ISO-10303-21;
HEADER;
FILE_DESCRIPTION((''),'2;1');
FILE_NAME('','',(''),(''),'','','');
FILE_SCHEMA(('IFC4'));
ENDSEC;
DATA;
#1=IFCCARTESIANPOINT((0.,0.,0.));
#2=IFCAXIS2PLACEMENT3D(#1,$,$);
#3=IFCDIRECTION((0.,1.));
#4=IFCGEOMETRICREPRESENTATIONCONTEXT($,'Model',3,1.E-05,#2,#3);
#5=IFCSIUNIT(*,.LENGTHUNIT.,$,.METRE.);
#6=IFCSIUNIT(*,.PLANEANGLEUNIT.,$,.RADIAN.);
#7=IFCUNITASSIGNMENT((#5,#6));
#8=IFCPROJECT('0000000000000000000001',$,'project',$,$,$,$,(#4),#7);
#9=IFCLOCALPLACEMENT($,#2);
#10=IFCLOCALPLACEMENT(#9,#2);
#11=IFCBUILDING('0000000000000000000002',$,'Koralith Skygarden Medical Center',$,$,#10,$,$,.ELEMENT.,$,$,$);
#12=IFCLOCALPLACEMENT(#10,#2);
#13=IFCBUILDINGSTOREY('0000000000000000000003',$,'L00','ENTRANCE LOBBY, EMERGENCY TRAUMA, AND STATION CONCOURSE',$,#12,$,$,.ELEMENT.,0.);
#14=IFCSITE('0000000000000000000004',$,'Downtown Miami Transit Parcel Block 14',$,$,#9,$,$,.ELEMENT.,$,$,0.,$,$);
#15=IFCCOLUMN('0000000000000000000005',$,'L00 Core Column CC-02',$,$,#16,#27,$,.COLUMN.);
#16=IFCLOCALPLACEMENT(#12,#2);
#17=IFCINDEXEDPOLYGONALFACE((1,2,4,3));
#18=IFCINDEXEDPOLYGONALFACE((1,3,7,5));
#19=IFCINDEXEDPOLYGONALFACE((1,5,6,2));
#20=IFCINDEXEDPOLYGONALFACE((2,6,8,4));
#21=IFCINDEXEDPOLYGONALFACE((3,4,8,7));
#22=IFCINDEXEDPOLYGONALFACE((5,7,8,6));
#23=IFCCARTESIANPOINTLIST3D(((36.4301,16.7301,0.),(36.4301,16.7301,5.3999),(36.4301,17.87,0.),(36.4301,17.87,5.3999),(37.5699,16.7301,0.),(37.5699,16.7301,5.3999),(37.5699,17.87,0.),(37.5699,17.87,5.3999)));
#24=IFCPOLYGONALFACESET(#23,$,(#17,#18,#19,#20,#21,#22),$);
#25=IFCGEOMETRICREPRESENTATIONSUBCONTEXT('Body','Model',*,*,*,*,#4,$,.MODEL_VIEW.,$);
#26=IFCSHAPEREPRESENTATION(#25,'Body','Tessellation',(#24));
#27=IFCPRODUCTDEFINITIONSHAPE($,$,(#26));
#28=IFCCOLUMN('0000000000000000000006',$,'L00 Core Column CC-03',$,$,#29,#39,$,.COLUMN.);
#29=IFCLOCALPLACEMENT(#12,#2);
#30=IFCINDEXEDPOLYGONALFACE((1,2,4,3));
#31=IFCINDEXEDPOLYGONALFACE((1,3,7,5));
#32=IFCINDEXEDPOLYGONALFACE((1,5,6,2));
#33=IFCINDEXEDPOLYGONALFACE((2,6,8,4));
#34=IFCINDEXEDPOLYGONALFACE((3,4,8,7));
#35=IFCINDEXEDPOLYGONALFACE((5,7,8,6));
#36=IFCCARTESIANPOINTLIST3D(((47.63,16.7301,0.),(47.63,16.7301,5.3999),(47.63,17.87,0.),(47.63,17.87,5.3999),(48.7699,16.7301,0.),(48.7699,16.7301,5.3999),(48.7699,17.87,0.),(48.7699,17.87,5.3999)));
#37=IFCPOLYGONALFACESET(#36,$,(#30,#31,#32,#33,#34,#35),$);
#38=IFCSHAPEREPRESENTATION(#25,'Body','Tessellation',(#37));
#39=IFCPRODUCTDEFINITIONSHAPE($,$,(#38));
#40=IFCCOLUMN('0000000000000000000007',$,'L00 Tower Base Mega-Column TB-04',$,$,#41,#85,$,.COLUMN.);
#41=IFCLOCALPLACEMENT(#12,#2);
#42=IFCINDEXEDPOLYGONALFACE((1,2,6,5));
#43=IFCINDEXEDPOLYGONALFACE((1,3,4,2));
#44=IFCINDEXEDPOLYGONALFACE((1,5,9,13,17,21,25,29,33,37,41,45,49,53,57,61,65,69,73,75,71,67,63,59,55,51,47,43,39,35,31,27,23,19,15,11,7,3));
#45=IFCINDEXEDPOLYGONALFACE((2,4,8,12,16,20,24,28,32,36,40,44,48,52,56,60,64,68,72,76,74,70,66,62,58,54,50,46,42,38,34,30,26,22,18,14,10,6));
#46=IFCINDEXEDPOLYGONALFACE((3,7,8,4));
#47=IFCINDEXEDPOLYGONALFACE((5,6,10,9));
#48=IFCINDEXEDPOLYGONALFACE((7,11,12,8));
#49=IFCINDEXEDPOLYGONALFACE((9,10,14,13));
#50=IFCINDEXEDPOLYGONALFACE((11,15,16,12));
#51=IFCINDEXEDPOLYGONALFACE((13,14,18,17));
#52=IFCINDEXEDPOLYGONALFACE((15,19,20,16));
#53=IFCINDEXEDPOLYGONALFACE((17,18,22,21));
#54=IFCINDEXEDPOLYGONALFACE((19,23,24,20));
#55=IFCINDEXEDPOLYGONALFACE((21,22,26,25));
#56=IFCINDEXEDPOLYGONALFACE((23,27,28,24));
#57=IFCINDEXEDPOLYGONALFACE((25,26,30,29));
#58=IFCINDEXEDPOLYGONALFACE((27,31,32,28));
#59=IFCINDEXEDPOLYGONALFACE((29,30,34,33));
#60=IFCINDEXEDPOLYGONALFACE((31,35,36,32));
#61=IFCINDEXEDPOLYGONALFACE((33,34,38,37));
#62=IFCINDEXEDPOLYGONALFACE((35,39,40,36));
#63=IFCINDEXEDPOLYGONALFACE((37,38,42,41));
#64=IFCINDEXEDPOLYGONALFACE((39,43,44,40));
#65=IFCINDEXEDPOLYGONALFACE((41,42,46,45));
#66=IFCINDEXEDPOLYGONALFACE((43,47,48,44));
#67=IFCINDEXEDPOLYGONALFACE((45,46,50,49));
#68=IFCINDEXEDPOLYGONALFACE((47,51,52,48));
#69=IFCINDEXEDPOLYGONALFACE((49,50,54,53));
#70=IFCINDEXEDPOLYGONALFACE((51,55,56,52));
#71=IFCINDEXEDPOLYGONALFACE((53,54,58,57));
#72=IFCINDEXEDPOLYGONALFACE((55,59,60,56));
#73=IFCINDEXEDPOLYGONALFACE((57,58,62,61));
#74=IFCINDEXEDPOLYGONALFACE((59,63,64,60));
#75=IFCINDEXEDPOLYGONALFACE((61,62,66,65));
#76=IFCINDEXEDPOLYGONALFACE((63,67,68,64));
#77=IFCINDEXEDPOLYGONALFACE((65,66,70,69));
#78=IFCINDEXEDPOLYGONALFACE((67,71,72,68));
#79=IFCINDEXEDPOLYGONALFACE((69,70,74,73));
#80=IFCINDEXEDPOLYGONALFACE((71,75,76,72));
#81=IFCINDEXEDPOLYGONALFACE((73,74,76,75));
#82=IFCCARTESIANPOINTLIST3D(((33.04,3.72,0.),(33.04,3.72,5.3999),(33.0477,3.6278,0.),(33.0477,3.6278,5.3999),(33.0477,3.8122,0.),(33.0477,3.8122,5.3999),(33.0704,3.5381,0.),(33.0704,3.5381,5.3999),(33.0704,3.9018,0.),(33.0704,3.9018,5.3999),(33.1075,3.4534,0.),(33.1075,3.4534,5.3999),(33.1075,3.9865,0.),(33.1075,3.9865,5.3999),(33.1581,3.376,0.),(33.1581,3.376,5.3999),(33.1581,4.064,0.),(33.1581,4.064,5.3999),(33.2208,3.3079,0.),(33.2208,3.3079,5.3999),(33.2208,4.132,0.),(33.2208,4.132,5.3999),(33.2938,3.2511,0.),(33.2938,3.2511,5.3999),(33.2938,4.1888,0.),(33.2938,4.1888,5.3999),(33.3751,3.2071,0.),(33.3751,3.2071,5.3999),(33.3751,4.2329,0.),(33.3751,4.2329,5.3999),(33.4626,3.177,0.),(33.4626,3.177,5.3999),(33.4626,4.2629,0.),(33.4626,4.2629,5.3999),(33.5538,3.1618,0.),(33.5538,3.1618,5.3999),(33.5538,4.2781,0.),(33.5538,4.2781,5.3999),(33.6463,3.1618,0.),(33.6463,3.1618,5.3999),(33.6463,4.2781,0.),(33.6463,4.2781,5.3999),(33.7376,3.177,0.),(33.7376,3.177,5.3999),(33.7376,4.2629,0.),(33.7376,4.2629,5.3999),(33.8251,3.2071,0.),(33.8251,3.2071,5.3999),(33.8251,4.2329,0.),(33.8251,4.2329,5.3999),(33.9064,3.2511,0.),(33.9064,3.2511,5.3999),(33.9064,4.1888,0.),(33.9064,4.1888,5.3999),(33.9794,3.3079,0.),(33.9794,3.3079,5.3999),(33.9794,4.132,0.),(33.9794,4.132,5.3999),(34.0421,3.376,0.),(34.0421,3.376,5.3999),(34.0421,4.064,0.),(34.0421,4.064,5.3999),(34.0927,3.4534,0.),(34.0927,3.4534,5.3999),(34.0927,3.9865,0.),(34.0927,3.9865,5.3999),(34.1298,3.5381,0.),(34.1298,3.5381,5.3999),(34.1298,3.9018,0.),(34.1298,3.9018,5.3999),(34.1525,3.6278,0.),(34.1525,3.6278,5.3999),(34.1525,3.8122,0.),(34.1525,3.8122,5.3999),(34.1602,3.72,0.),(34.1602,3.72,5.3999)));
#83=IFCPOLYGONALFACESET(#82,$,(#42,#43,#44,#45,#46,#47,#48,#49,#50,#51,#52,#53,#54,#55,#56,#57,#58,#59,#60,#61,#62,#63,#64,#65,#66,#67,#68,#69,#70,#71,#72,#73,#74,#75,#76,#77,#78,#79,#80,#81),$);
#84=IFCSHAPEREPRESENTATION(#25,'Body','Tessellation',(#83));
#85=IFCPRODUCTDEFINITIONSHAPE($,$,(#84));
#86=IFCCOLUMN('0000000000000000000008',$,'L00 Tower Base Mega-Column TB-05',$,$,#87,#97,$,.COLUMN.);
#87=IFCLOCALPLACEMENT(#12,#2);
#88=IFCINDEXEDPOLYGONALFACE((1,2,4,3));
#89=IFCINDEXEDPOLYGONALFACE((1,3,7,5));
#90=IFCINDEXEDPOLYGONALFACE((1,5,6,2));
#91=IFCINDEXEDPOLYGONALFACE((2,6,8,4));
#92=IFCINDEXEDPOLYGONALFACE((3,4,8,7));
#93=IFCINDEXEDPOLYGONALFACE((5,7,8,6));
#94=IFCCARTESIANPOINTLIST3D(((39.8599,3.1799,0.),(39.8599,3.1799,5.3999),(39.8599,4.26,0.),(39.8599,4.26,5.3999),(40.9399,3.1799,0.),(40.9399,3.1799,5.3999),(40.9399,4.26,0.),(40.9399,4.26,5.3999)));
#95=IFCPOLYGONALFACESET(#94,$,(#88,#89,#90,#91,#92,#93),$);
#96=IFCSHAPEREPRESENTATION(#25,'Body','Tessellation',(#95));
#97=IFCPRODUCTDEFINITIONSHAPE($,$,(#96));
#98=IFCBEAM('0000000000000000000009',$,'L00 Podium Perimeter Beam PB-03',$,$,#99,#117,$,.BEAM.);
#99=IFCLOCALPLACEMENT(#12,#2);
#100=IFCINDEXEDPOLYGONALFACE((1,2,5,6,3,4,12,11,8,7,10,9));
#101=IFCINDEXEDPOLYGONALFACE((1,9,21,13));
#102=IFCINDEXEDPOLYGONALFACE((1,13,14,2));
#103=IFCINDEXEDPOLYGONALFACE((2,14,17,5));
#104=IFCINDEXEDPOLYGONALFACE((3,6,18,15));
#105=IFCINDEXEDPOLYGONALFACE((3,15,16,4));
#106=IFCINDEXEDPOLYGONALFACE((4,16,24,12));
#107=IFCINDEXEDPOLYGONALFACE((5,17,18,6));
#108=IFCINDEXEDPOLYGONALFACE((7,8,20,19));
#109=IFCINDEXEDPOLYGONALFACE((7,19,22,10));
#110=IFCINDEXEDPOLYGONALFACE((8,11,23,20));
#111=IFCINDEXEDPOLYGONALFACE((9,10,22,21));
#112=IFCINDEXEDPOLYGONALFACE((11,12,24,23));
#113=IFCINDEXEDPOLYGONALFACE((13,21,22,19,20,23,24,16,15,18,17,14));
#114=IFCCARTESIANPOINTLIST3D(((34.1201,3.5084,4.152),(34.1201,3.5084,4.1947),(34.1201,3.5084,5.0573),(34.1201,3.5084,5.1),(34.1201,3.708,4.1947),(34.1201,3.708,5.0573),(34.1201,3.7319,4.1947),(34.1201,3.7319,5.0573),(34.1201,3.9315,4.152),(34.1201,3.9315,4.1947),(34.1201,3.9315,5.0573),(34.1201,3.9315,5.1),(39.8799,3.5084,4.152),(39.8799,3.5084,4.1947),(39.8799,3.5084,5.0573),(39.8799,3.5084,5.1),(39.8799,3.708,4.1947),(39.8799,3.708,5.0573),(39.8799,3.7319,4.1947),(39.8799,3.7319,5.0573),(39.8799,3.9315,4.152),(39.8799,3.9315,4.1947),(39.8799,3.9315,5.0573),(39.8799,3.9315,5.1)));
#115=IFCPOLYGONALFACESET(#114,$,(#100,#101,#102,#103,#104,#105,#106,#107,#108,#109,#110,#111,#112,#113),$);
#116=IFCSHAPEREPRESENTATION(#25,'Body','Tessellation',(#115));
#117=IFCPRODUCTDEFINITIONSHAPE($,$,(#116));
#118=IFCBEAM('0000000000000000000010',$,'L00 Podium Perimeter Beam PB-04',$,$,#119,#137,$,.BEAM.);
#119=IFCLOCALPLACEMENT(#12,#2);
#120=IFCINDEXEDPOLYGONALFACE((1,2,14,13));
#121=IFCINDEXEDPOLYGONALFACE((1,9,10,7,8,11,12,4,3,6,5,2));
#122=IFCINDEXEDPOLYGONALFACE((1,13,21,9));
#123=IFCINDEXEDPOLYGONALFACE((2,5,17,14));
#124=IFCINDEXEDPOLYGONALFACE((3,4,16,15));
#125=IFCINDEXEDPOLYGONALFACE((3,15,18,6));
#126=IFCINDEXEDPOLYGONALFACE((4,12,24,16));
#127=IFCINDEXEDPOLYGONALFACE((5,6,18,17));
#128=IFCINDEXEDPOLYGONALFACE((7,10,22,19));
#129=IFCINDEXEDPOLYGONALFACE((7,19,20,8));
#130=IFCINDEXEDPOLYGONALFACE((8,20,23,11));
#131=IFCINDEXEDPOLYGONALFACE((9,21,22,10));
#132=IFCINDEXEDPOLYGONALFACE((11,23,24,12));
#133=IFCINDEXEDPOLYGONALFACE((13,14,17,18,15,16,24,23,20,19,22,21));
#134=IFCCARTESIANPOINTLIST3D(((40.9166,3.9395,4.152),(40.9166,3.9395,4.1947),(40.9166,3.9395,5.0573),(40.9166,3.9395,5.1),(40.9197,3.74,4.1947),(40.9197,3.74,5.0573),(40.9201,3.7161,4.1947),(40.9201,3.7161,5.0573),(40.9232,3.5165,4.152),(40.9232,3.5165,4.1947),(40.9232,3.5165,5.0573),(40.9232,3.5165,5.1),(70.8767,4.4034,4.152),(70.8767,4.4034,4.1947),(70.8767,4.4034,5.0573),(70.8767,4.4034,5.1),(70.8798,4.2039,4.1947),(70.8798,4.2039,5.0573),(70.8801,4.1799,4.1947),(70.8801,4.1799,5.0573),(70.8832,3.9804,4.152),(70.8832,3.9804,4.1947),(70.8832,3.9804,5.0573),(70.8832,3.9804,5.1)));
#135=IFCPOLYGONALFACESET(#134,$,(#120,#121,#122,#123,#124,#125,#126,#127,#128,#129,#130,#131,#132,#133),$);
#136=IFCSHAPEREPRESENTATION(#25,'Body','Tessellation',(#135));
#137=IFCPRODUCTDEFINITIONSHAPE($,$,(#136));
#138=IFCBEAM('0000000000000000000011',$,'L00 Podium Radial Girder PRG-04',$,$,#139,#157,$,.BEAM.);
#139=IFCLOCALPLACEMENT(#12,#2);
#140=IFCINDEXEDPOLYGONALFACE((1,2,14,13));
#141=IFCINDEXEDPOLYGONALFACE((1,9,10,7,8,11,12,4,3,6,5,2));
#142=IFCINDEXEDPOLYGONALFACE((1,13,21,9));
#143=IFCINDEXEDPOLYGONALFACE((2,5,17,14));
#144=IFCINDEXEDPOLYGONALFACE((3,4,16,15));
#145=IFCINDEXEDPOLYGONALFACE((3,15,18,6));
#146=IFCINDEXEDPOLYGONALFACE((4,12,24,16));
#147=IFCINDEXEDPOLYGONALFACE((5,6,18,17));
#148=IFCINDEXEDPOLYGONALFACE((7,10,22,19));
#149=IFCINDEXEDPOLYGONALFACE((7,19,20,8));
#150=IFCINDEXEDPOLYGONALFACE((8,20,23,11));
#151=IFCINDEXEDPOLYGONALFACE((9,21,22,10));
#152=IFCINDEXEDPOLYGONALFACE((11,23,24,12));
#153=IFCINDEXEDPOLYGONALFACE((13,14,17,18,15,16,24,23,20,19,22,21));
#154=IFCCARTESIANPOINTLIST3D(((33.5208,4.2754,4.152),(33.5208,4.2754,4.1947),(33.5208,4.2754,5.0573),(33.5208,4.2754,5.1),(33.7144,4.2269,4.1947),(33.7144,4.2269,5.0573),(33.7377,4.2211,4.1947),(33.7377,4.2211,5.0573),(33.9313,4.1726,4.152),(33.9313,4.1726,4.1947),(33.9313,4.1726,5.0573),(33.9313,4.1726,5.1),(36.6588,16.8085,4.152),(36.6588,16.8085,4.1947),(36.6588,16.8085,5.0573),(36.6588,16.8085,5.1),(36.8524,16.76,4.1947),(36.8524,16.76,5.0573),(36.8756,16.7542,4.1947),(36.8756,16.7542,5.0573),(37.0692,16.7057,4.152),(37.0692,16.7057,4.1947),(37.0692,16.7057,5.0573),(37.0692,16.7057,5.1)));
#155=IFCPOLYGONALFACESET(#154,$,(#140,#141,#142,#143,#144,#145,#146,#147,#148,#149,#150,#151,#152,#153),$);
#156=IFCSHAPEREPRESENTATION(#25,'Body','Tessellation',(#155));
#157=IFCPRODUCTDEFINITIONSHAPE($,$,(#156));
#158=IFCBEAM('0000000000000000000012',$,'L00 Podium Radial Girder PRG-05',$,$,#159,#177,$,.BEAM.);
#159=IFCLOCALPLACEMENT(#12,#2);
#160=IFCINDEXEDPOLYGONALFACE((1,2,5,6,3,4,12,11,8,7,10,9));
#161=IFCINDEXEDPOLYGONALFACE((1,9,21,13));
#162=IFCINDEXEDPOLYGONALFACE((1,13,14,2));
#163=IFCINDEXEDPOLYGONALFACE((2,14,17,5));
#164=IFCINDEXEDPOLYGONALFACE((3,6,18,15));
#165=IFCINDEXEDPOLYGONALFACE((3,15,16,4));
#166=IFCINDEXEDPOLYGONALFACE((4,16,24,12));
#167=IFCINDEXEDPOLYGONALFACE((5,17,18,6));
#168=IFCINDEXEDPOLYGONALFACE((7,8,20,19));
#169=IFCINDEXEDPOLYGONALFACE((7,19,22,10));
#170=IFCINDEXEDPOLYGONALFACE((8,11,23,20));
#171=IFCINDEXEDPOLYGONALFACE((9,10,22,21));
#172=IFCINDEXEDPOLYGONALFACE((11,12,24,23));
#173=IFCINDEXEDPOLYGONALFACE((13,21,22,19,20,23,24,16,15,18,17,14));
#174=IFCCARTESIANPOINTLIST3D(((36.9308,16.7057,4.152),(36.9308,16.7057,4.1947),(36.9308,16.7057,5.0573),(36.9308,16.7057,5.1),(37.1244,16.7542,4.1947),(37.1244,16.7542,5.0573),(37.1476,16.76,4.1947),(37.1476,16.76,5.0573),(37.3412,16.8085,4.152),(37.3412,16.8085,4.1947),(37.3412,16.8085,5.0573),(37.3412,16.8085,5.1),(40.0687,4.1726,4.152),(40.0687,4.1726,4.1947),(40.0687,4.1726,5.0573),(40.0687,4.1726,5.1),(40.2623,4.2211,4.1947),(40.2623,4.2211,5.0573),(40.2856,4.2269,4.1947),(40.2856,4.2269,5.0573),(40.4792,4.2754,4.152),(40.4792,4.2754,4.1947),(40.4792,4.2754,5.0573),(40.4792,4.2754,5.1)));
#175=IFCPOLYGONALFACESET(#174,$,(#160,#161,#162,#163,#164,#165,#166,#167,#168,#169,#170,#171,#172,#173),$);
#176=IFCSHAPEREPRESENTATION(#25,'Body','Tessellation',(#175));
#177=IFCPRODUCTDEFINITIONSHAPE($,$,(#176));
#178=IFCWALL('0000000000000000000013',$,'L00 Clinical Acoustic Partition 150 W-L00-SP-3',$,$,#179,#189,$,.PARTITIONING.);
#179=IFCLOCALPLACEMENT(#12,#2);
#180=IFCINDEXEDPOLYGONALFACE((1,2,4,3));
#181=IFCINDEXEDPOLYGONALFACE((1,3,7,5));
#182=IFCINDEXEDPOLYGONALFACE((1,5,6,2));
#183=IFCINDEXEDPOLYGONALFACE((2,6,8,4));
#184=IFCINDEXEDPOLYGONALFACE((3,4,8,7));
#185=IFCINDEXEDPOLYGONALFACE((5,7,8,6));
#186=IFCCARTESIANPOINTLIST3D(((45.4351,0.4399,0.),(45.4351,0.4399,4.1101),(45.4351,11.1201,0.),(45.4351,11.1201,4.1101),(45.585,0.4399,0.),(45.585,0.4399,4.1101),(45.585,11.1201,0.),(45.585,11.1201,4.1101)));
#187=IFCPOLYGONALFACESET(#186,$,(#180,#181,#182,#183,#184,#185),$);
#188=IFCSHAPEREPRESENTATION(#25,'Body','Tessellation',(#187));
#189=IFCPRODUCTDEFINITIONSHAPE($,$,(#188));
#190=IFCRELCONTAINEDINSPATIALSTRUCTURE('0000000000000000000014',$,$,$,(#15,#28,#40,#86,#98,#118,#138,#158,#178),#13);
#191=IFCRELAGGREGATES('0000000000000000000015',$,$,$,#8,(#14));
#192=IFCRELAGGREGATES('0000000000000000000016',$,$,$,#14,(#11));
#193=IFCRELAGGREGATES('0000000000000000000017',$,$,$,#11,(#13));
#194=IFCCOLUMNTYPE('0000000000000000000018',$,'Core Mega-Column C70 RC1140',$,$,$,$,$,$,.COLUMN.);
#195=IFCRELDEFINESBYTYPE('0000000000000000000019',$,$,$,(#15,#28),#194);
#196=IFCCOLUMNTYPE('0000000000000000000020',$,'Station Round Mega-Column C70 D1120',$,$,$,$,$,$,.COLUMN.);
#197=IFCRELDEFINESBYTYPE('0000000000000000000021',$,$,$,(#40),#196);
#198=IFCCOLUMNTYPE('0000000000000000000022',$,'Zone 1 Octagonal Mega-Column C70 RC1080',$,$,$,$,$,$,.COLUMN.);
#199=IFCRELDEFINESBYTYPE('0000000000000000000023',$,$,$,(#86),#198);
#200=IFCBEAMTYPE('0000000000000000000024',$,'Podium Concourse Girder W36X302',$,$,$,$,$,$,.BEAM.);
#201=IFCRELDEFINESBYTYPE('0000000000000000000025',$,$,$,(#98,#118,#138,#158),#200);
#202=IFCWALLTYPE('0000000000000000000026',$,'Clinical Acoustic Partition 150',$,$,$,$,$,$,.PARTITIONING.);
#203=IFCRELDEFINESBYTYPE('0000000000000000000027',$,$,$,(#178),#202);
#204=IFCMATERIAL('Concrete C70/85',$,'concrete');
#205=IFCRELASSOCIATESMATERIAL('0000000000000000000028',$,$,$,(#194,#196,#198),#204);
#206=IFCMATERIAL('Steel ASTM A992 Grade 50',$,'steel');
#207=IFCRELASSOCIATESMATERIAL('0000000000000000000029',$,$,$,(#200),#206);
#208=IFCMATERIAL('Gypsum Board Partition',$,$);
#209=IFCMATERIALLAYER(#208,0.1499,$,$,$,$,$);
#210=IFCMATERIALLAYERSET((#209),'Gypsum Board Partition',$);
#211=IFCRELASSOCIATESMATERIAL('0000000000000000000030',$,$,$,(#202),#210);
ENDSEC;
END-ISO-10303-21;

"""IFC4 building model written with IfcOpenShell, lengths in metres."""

from ifc_helpers import new_model, si_unit, direction, frame, frame_2d, origin, origin_2d, place, context, subcontext, project, spatial, rectangle, circle, i_section, extrude, material, layer, layer_set, material_profile, profile_set, type_object, element, save


model = new_model("IFC4")

# Units and contexts
model_context = context("Model", 3, precision=1e-05, world=origin(), true_north=direction((0.0, 1.0)))
body_context = subcontext(model_context, "Body", "Model", "MODEL_VIEW")
ifc_project = project(units=[si_unit("LENGTHUNIT", "METRE"), si_unit("PLANEANGLEUNIT", "RADIAN")], contexts=[model_context])

# Site, building, storey
site_placement = place(None, origin())
site = spatial("IfcSite", under=ifc_project, at=site_placement, Name="Downtown Miami Transit Parcel Block 14", CompositionType="ELEMENT", RefElevation=0.0)
building_placement = place(site_placement, origin())
building = spatial("IfcBuilding", under=site, at=building_placement, Name="Koralith Skygarden Medical Center", CompositionType="ELEMENT")
storey_placement = place(building_placement, origin())
storey = spatial("IfcBuildingStorey", under=building, at=storey_placement, Name="L00", Description="ENTRANCE LOBBY, EMERGENCY TRAUMA, AND STATION CONCOURSE", CompositionType="ELEMENT", Elevation=0.0)

# Columns
ifc_material_1 = material(Name="Concrete C70/85", Category="concrete")
ifc_material_profile_1 = material_profile(ifc_material_1, rectangle(XDim=1.1399, YDim=1.1399, at=origin_2d()), Name="RC1140X1140")
ifc_profile_set_1 = profile_set([ifc_material_profile_1], Name="Concrete C70/85")
column_type_1 = type_object("IfcColumnType", Name="Core Mega-Column C70 RC1140", PredefinedType="COLUMN", material=ifc_profile_set_1)
for number, where, z_axis, x_axis, name in (
    (1, (37.0, 17.3, 0.0), (0.0, 0.0, 1.0), (1.0, 0.0, 0.0), "L00 Core Column CC-02"),
    (2, (48.2, 17.3, 0.0), (0.0, 0.0, 1.0), (1.0, 0.0, 0.0), "L00 Core Column CC-03"),
):
    element("IfcColumn", number, at=place(storey_placement, frame(where, z_axis=z_axis, x_axis=x_axis)), inside=storey, type_object=column_type_1, Name=name, PredefinedType="COLUMN", context=body_context, shape_type="SweptSolid", body=[
        extrude(rectangle(XDim=1.1399, YDim=1.1399, at=origin_2d()), origin(), (0.0, 0.0, 1.0), 5.3999),
    ])
ifc_material_profile_2 = material_profile(ifc_material_1, circle(Radius=0.5601, at=origin_2d()), Name="RCCOL1120")
ifc_profile_set_2 = profile_set([ifc_material_profile_2], Name="Concrete C70/85")
column_type_2 = type_object("IfcColumnType", Name="Station Round Mega-Column C70 D1120", PredefinedType="COLUMN", material=ifc_profile_set_2)
column_1_placement = place(storey_placement, frame((33.6001, 3.72, 0.0), z_axis=(0.0, 0.0, 1.0), x_axis=(1.0, 0.0, 0.0)))
element("IfcColumn", 3, at=column_1_placement, inside=storey, type_object=column_type_2, Name="L00 Tower Base Mega-Column TB-04", PredefinedType="COLUMN", context=body_context, shape_type="SweptSolid", body=[
    extrude(circle(Radius=0.5601, at=origin_2d()), origin(), (0.0, 0.0, 1.0), 5.3999),
])
ifc_material_profile_3 = material_profile(ifc_material_1, rectangle(XDim=1.0801, YDim=1.0801, at=origin_2d()), Name="RC1080X1080")
ifc_profile_set_3 = profile_set([ifc_material_profile_3], Name="Concrete C70/85")
column_type_3 = type_object("IfcColumnType", Name="Zone 1 Octagonal Mega-Column C70 RC1080", PredefinedType="COLUMN", material=ifc_profile_set_3)
column_2_placement = place(storey_placement, frame((40.3999, 3.72, 0.0), z_axis=(0.0, 0.0, 1.0), x_axis=(1.0, 0.0, 0.0)))
element("IfcColumn", 4, at=column_2_placement, inside=storey, type_object=column_type_3, Name="L00 Tower Base Mega-Column TB-05", PredefinedType="COLUMN", context=body_context, shape_type="SweptSolid", body=[
    extrude(rectangle(XDim=1.0801, YDim=1.0801, at=origin_2d()), origin(), (0.0, 0.0, 1.0), 5.3999),
])

# Beams
ifc_material_2 = material(Name="Steel ASTM A992 Grade 50", Category="steel")
ifc_material_profile_4 = material_profile(ifc_material_2, i_section(OverallWidth=0.4231, OverallDepth=0.948, WebThickness=0.0239, FlangeThickness=0.0427, at=origin_2d()), Name="W36X302")
ifc_profile_set_4 = profile_set([ifc_material_profile_4], Name="Steel ASTM A992 Grade 50")
beam_type = type_object("IfcBeamType", Name="Podium Concourse Girder W36X302", PredefinedType="BEAM", material=ifc_profile_set_4)
beam_1_placement = place(storey_placement, frame((34.1201, 3.72, 4.626), z_axis=(1.0, 0.0, 0.0), x_axis=(0.0, 1.0, 0.0)))
element("IfcBeam", 5, at=beam_1_placement, inside=storey, type_object=beam_type, Name="L00 Podium Perimeter Beam PB-03", PredefinedType="BEAM", context=body_context, shape_type="SweptSolid", body=[
    extrude(i_section(OverallWidth=0.4231, OverallDepth=0.948, WebThickness=0.0239, FlangeThickness=0.0427, at=origin_2d()), origin(), (0.0, 0.0, 1.0), 5.7598),
])
beam_2_placement = place(storey_placement, frame((40.9199, 3.728, 4.626), z_axis=(0.99988, 0.015481, 0.0), x_axis=(-0.015481, 0.99988, 0.0)))
element("IfcBeam", 6, at=beam_2_placement, inside=storey, type_object=beam_type, Name="L00 Podium Perimeter Beam PB-04", PredefinedType="BEAM", context=body_context, shape_type="SweptSolid", body=[
    extrude(i_section(OverallWidth=0.4231, OverallDepth=0.948, WebThickness=0.0239, FlangeThickness=0.0427, at=origin_2d()), origin(), (0.0, 0.0, 1.0), 29.9636),
])
for number, where, z_axis, x_axis, name in (
    (7, (36.864, 16.7571, 4.626), (-0.242878, -0.970057, 0.0), (0.970057, -0.242878, 0.0), "L00 Podium Radial Girder PRG-04"),
    (8, (37.136, 16.7571, 4.626), (0.242878, -0.970057, 0.0), (0.970057, 0.242878, 0.0), "L00 Podium Radial Girder PRG-05"),
):
    element("IfcBeam", number, at=place(storey_placement, frame(where, z_axis=z_axis, x_axis=x_axis)), inside=storey, type_object=beam_type, Name=name, PredefinedType="BEAM", context=body_context, shape_type="SweptSolid", body=[
        extrude(i_section(OverallWidth=0.4231, OverallDepth=0.948, WebThickness=0.0239, FlangeThickness=0.0427, at=origin_2d()), origin(), (0.0, 0.0, 1.0), 12.9199),
    ])

# Wall
ifc_material_3 = material(Name="Gypsum Board Partition")
ifc_layer_1 = layer(ifc_material_3, 0.1499)
ifc_layer_set_1 = layer_set([ifc_layer_1], Name="Gypsum Board Partition")
wall_type_1 = type_object("IfcWallType", Name="Clinical Acoustic Partition 150", PredefinedType="PARTITIONING", material=ifc_layer_set_1)
wall_1_placement = place(storey_placement, frame((45.51, 0.4399, 0.0), z_axis=(0.0, 0.0, 1.0), x_axis=(0.0, 1.0, 0.0)))
element("IfcWall", 9, at=wall_1_placement, inside=storey, type_object=wall_type_1, Name="L00 Clinical Acoustic Partition 150 W-L00-SP-3", PredefinedType="PARTITIONING", context=body_context, shape_type="SweptSolid", body=[
    extrude(rectangle(XDim=10.6802, YDim=0.1499, at=frame_2d((5.3401, 0.0))), origin(), (0.0, 0.0, 1.0), 4.1101),
])

save(model, "model.ifc")
